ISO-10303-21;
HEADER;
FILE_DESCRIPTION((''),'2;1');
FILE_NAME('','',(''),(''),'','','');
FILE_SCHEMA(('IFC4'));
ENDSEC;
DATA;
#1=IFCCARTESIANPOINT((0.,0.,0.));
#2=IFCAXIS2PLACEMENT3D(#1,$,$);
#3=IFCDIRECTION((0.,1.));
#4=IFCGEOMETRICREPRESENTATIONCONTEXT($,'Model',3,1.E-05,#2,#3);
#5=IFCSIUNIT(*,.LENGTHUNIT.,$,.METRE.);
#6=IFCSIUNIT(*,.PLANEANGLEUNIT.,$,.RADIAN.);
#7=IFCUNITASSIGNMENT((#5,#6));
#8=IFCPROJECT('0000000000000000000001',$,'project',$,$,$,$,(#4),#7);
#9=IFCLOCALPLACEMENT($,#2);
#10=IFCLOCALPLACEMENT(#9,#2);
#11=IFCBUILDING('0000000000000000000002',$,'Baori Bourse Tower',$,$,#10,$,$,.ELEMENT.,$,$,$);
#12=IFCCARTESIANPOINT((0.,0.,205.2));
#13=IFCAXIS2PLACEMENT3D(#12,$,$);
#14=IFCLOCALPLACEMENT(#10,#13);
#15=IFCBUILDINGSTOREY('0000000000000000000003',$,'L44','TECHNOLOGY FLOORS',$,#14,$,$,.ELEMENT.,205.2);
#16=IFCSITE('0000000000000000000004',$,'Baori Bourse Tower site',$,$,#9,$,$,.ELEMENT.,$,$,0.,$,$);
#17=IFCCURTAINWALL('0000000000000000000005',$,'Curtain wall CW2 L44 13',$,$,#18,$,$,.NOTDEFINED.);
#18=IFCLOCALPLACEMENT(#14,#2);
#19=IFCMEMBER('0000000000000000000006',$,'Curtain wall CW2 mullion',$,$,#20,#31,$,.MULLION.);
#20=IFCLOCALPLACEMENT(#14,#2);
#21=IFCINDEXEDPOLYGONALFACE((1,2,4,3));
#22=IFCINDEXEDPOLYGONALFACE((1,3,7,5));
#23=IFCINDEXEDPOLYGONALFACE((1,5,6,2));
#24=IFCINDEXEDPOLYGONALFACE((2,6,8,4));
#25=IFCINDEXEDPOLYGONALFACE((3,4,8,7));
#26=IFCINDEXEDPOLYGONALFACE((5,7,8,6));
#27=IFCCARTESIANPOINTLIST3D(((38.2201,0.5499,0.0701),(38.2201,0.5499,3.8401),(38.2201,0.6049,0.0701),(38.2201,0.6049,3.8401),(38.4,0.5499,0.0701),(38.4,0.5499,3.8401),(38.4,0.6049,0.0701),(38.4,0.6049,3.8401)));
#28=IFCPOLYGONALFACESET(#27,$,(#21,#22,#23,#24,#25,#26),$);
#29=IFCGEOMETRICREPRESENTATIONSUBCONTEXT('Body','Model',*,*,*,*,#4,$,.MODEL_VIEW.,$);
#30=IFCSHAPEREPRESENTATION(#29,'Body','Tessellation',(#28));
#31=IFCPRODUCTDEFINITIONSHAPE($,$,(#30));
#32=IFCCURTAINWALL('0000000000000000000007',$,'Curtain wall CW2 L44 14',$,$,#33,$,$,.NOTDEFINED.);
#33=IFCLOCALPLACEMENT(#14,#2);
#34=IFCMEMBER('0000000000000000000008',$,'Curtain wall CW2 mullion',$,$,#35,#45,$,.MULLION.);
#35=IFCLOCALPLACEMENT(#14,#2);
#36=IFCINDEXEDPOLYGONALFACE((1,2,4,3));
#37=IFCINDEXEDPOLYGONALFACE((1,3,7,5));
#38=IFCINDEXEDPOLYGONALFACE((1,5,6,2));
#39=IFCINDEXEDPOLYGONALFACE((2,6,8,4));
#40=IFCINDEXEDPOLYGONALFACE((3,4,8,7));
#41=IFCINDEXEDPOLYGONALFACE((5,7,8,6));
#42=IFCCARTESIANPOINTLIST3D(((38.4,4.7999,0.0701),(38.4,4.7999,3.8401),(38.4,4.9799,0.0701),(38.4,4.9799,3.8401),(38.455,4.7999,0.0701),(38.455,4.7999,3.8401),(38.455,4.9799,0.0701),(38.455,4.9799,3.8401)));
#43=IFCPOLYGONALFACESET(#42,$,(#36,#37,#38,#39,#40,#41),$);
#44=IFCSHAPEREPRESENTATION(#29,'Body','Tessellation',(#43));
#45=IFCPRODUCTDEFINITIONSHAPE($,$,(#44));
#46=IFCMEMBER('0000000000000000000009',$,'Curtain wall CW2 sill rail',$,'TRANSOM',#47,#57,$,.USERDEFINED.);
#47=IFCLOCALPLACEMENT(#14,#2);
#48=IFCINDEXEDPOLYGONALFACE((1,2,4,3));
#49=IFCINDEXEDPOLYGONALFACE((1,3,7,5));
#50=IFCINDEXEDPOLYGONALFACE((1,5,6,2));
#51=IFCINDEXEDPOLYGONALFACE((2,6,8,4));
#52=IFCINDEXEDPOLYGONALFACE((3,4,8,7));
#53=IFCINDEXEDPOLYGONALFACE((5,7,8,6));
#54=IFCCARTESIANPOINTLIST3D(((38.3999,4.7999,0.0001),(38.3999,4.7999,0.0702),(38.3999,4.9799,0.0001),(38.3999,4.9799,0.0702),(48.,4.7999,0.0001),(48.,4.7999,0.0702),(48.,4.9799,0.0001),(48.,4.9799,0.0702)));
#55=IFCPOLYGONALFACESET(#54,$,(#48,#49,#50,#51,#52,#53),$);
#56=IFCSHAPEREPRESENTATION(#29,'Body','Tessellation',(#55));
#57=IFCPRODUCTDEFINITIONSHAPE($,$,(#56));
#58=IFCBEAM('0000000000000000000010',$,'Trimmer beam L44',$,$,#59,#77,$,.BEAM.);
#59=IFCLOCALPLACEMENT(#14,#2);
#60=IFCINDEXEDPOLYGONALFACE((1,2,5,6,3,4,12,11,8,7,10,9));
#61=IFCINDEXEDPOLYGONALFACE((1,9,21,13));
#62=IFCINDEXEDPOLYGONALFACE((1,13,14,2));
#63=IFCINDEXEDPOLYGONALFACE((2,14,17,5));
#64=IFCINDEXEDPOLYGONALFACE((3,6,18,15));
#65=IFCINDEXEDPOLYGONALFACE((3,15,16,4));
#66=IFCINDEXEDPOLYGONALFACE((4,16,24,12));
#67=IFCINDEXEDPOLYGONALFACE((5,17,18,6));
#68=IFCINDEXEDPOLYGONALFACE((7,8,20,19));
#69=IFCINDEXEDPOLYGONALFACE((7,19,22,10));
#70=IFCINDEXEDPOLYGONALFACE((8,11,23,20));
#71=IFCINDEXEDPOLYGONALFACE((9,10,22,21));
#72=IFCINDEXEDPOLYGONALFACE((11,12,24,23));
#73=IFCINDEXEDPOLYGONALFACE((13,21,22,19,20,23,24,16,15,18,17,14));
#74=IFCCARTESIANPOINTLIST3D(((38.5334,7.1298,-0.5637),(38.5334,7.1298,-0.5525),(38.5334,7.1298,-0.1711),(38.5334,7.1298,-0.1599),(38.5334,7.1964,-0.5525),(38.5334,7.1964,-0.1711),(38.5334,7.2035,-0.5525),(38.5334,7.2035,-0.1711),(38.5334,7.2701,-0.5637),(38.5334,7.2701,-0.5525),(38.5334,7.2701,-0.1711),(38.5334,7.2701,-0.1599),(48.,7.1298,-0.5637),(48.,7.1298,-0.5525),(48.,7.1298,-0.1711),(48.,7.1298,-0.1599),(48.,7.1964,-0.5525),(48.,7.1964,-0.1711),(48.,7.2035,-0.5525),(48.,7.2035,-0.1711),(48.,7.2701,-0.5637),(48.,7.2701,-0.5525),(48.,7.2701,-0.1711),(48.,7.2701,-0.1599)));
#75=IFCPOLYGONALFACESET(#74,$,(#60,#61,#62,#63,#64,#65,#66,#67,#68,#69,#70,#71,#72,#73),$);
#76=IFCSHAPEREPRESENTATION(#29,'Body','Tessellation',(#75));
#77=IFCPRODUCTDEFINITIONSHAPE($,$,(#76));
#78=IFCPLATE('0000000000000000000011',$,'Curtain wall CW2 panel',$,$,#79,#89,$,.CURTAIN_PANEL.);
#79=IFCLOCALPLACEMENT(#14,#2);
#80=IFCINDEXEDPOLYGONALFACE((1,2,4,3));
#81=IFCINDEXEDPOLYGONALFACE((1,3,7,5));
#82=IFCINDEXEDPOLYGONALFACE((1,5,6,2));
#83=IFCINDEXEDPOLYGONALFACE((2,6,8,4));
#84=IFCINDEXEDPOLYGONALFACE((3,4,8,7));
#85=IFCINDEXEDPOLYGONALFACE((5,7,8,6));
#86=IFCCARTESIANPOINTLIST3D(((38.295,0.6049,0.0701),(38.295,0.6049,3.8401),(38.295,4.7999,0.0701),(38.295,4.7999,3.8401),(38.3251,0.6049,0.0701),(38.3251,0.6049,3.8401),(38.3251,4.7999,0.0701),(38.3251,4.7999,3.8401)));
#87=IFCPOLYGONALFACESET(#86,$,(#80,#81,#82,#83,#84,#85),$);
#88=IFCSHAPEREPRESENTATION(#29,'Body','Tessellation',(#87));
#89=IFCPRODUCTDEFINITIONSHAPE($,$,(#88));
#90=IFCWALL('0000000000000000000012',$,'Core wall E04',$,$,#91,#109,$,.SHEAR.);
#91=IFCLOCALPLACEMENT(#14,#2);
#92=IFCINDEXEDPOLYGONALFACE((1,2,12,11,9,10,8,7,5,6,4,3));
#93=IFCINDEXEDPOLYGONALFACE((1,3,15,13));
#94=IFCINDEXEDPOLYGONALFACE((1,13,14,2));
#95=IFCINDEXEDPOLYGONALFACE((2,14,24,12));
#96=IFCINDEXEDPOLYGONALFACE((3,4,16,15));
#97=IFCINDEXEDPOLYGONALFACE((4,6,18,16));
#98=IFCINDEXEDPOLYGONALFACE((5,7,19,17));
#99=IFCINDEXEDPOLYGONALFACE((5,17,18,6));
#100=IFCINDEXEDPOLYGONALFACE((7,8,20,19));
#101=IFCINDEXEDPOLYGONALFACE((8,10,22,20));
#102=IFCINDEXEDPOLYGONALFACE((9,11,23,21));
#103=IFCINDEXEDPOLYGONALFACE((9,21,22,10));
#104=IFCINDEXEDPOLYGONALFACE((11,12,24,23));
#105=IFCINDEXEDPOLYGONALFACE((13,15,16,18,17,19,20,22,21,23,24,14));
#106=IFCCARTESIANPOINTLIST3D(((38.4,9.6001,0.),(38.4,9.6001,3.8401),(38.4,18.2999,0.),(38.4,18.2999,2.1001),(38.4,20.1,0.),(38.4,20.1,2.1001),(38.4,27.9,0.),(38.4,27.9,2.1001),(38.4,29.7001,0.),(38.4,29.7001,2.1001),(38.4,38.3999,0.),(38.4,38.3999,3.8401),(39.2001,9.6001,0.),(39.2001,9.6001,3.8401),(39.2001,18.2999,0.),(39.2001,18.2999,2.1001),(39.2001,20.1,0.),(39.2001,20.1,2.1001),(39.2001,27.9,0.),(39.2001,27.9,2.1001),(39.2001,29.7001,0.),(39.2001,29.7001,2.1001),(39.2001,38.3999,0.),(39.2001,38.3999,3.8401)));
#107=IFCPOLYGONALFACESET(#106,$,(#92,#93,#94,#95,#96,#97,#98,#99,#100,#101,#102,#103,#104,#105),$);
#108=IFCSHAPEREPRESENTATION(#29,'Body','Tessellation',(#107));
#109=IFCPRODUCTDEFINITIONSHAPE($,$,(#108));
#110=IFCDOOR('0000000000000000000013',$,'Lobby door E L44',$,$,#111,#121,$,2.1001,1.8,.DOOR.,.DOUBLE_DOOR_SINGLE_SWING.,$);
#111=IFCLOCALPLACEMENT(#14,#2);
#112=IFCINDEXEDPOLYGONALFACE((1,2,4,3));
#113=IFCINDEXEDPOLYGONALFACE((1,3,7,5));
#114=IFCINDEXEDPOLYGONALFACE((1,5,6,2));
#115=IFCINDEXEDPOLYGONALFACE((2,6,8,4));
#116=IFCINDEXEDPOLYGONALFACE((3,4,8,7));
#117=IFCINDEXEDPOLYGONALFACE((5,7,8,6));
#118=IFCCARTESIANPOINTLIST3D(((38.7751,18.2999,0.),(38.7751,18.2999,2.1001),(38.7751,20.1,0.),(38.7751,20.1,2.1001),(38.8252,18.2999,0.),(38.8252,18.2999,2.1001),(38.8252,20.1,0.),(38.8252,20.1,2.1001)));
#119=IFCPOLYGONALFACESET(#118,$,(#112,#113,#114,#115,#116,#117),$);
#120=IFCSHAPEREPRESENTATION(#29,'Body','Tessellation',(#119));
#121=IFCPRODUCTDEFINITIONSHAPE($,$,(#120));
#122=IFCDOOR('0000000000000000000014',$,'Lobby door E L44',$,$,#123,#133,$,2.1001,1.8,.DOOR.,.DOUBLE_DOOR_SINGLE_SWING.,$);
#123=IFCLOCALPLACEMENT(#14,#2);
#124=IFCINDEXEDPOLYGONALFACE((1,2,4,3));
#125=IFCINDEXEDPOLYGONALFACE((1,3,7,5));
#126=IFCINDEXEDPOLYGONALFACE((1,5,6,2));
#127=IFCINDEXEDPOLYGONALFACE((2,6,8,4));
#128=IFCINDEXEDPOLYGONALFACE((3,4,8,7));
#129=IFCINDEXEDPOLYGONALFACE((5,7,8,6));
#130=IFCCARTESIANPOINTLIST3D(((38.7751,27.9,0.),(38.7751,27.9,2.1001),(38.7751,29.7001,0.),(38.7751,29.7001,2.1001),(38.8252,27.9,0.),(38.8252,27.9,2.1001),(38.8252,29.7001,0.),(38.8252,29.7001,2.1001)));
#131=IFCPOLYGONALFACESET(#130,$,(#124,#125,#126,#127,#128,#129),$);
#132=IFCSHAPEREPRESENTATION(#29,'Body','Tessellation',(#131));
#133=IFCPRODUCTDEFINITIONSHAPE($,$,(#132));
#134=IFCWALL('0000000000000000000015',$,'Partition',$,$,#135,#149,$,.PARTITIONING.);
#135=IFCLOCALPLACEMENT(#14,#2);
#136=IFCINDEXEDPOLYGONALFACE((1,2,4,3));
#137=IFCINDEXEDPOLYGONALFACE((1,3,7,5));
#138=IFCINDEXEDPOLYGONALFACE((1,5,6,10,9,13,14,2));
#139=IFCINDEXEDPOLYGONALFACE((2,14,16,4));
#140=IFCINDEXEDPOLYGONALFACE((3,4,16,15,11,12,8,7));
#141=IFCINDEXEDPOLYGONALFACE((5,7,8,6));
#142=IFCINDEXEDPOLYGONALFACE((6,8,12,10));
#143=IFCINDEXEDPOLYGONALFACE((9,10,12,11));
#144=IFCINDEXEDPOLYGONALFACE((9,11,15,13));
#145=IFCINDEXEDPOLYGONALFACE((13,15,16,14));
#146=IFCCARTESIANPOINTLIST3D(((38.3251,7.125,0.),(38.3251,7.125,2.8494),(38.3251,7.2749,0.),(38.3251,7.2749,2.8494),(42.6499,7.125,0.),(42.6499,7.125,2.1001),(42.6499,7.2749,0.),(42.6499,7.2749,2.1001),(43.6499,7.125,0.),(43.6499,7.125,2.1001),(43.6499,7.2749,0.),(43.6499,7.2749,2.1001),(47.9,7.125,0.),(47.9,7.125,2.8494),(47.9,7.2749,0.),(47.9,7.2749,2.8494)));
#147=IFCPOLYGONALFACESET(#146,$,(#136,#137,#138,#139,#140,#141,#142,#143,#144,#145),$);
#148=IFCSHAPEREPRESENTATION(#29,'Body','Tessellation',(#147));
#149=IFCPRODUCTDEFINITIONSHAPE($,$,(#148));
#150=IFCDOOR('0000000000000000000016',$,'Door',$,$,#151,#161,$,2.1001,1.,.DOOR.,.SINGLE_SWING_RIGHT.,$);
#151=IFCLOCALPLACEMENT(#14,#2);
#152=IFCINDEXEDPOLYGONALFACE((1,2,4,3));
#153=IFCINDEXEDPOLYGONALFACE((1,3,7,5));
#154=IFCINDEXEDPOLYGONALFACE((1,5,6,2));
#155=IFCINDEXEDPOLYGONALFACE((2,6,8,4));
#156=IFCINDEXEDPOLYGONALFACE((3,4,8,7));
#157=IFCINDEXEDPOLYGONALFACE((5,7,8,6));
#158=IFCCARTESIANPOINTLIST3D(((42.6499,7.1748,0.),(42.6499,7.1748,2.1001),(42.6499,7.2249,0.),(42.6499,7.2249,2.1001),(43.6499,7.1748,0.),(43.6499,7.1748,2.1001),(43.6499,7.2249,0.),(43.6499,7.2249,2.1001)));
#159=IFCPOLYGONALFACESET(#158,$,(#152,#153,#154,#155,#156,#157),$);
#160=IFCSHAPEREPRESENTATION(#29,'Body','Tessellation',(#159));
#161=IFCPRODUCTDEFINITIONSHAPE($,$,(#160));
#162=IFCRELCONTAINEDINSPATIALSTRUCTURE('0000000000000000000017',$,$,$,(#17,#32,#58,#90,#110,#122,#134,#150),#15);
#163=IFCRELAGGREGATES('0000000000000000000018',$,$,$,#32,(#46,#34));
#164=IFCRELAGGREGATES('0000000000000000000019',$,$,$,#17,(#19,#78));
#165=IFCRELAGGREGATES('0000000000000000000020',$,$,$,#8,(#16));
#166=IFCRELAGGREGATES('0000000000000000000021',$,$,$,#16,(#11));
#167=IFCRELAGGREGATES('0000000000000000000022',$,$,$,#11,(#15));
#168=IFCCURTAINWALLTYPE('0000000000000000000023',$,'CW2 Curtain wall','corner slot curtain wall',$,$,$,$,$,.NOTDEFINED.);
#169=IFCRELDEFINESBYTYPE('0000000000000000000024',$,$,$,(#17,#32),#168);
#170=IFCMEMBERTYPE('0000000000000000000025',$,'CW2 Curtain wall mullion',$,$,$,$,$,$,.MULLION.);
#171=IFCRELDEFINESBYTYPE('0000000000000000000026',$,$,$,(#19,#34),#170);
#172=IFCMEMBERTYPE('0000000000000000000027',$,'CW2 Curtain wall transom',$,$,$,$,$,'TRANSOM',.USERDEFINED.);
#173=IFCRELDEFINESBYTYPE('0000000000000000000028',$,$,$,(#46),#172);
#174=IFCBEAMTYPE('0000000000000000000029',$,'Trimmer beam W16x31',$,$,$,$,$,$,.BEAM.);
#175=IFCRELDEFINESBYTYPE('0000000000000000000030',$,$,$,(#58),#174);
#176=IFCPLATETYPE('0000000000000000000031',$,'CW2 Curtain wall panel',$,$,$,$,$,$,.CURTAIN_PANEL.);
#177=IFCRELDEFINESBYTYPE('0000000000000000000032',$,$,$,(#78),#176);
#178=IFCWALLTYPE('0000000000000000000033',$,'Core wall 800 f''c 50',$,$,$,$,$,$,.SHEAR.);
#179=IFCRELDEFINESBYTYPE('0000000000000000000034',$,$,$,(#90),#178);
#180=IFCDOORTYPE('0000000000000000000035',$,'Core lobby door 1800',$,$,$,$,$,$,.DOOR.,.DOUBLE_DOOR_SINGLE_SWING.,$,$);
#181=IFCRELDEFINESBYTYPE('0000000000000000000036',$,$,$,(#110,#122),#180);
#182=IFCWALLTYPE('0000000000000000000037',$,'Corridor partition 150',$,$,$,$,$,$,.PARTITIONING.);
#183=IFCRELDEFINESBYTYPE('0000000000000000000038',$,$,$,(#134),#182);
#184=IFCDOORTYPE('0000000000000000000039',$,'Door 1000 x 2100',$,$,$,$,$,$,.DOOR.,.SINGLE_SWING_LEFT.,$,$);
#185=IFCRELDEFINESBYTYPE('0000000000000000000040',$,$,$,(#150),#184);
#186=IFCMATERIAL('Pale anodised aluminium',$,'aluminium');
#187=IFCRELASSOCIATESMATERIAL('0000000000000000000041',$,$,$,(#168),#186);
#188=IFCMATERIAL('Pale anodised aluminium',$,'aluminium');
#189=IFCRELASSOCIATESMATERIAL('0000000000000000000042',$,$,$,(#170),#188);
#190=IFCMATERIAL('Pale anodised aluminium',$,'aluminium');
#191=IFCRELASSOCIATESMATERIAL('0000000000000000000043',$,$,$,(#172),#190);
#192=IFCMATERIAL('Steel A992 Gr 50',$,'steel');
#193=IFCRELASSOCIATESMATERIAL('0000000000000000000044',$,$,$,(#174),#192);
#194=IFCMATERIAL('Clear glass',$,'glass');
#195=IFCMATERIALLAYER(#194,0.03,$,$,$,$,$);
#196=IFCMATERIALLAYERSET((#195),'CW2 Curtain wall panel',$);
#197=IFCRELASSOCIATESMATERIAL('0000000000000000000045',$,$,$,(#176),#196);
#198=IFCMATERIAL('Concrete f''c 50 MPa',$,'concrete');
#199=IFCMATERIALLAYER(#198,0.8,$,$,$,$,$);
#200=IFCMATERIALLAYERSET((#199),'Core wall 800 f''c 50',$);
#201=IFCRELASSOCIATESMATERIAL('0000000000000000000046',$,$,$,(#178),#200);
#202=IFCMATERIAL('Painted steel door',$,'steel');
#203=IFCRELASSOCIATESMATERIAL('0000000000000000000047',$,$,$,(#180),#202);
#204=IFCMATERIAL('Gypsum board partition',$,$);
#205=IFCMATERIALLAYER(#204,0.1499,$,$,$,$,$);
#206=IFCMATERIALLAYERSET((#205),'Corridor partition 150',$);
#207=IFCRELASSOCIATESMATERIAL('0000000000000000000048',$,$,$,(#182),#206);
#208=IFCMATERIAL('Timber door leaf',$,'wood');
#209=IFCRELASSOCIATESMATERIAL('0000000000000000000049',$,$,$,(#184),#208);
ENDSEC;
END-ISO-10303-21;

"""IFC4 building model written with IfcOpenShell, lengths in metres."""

from ifc_helpers import new_model, si_unit, direction, frame, frame_2d, origin, origin_2d, place, context, subcontext, project, spatial, rectangle, i_section, extrude, material, layer, layer_set, material_profile, profile_set, type_object, element, fill, aggregate, save


model = new_model("IFC4")

# Units and contexts
model_context = context("Model", 3, precision=1e-05, world=origin(), true_north=direction((0.0, 1.0)))
body_context = subcontext(model_context, "Body", "Model", "MODEL_VIEW")
ifc_project = project(units=[si_unit("LENGTHUNIT", "METRE"), si_unit("PLANEANGLEUNIT", "RADIAN")], contexts=[model_context])

# Site, building, storey
site_placement = place(None, origin())
site = spatial("IfcSite", under=ifc_project, at=site_placement, Name="Baori Bourse Tower site", CompositionType="ELEMENT", RefElevation=0.0)
building_placement = place(site_placement, origin())
building = spatial("IfcBuilding", under=site, at=building_placement, Name="Baori Bourse Tower", CompositionType="ELEMENT")
storey_placement = place(building_placement, frame((0.0, 0.0, 205.2)))
storey = spatial("IfcBuildingStorey", under=building, at=storey_placement, Name="L44", Description="TECHNOLOGY FLOORS", CompositionType="ELEMENT", Elevation=205.2)

# Curtain wall, member
ifc_material_1 = material(Name="Pale anodised aluminium", Category="aluminium")
curtain_wall_type = type_object("IfcCurtainWallType", Name="CW2 Curtain wall", Description="corner slot curtain wall", PredefinedType="NOTDEFINED", material=ifc_material_1)
curtain_wall_1_placement = place(storey_placement, origin())
curtain_wall_1 = element("IfcCurtainWall", 1, at=curtain_wall_1_placement, inside=storey, type_object=curtain_wall_type, Name="Curtain wall CW2 L44 13", PredefinedType="NOTDEFINED")
ifc_material_2 = material(Name="Pale anodised aluminium", Category="aluminium")
ifc_material_profile_1 = material_profile(ifc_material_2, rectangle(XDim=0.1799, YDim=0.0549, at=origin_2d()), Name="Mullion 55x180")
ifc_profile_set_1 = profile_set([ifc_material_profile_1], Name="Pale anodised aluminium")
member_type_1 = type_object("IfcMemberType", Name="CW2 Curtain wall mullion", PredefinedType="MULLION", material=ifc_profile_set_1)
member_1_placement = place(storey_placement, frame((38.3101, 0.5774, 0.0701), z_axis=(0.0, 0.0, 1.0), x_axis=(-1.0, 0.0, 0.0)))
member_1 = element("IfcMember", 2, at=member_1_placement, type_object=member_type_1, Name="Curtain wall CW2 mullion", PredefinedType="MULLION", context=body_context, shape_type="SweptSolid", body=[
    extrude(rectangle(XDim=0.1799, YDim=0.0549, at=origin_2d()), origin(), (0.0, 0.0, 1.0), 3.77),
])

# Curtain wall, members
curtain_wall_2_placement = place(storey_placement, origin())
curtain_wall_2 = element("IfcCurtainWall", 3, at=curtain_wall_2_placement, inside=storey, type_object=curtain_wall_type, Name="Curtain wall CW2 L44 14", PredefinedType="NOTDEFINED")
member_2_placement = place(storey_placement, frame((38.4275, 4.8899, 0.0701), z_axis=(0.0, 0.0, 1.0), x_axis=(0.0, 1.0, 0.0)))
member_2 = element("IfcMember", 4, at=member_2_placement, type_object=member_type_1, Name="Curtain wall CW2 mullion", PredefinedType="MULLION", context=body_context, shape_type="SweptSolid", body=[
    extrude(rectangle(XDim=0.1799, YDim=0.0549, at=origin_2d()), origin(), (0.0, 0.0, 1.0), 3.77),
])
ifc_material_3 = material(Name="Pale anodised aluminium", Category="aluminium")
ifc_material_profile_2 = material_profile(ifc_material_3, rectangle(XDim=0.1799, YDim=0.0701, at=origin_2d()), Name="Transom 70x180")
ifc_profile_set_2 = profile_set([ifc_material_profile_2], Name="Pale anodised aluminium")
member_type_2 = type_object("IfcMemberType", Name="CW2 Curtain wall transom", ElementType="TRANSOM", PredefinedType="USERDEFINED", material=ifc_profile_set_2)
member_3_placement = place(storey_placement, frame((38.3999, 4.8899, 0.0352), z_axis=(1.0, 0.0, 0.0), x_axis=(0.0, 1.0, 0.0)))
member_3 = element("IfcMember", 5, at=member_3_placement, type_object=member_type_2, Name="Curtain wall CW2 sill rail", ObjectType="TRANSOM", PredefinedType="USERDEFINED", context=body_context, shape_type="SweptSolid", body=[
    extrude(rectangle(XDim=0.1799, YDim=0.0701, at=origin_2d()), origin(), (0.0, 0.0, 1.0), 9.6001),
])
aggregate(curtain_wall_2, [member_3, member_2])

# Beam
ifc_material_4 = material(Name="Steel A992 Gr 50", Category="steel")
ifc_material_profile_3 = material_profile(ifc_material_4, i_section(OverallWidth=0.1404, OverallDepth=0.4038, WebThickness=0.0071, FlangeThickness=0.0112, at=origin_2d()), Name="W16x31")
ifc_profile_set_3 = profile_set([ifc_material_profile_3], Name="Steel A992 Gr 50")
beam_type = type_object("IfcBeamType", Name="Trimmer beam W16x31", PredefinedType="BEAM", material=ifc_profile_set_3)
beam_placement = place(storey_placement, frame((38.5334, 7.2, -0.3618), z_axis=(1.0, 0.0, 0.0), x_axis=(0.0, 1.0, 0.0)))
element("IfcBeam", 6, at=beam_placement, inside=storey, type_object=beam_type, Name="Trimmer beam L44", PredefinedType="BEAM", context=body_context, shape_type="SweptSolid", body=[
    extrude(i_section(OverallWidth=0.1404, OverallDepth=0.4038, WebThickness=0.0071, FlangeThickness=0.0112, at=origin_2d()), origin(), (0.0, 0.0, 1.0), 9.4666),
])

# Plate
ifc_material_5 = material(Name="Clear glass", Category="glass")
ifc_layer_1 = layer(ifc_material_5, 0.03)
ifc_layer_set_1 = layer_set([ifc_layer_1], Name="CW2 Curtain wall panel")
plate_type = type_object("IfcPlateType", Name="CW2 Curtain wall panel", PredefinedType="CURTAIN_PANEL", material=ifc_layer_set_1)
plate_placement = place(storey_placement, frame((38.3101, 2.7024, 0.0701), z_axis=(0.0, 0.0, 1.0), x_axis=(0.0, 1.0, 0.0)))
plate = element("IfcPlate", 7, at=plate_placement, type_object=plate_type, Name="Curtain wall CW2 panel", PredefinedType="CURTAIN_PANEL", context=body_context, shape_type="SweptSolid", body=[
    extrude(rectangle(XDim=4.1951, YDim=0.03, at=origin_2d()), origin(), (0.0, 0.0, 1.0), 3.77),
])
aggregate(curtain_wall_1, [member_1, plate])

# Wall, openings, doors
ifc_material_6 = material(Name="Concrete f'c 50 MPa", Category="concrete")
ifc_layer_2 = layer(ifc_material_6, 0.8)
ifc_layer_set_2 = layer_set([ifc_layer_2], Name="Core wall 800 f'c 50")
wall_type_1 = type_object("IfcWallType", Name="Core wall 800 f'c 50", PredefinedType="SHEAR", material=ifc_layer_set_2)
wall_1_placement = place(storey_placement, frame((38.8, 9.6001, 0.0), z_axis=(0.0, 0.0, 1.0), x_axis=(0.0, 1.0, 0.0)))
wall_1 = element("IfcWall", 8, at=wall_1_placement, inside=storey, type_object=wall_type_1, Name="Core wall E04", PredefinedType="SHEAR", context=body_context, shape_type="SweptSolid", body=[
    extrude(rectangle(XDim=28.7998, YDim=0.8, at=frame_2d((14.3999, 0.0))), origin(), (0.0, 0.0, 1.0), 3.8401),
])
opening_1_placement = place(wall_1_placement, frame((8.7, 0.0, 0.0)))
opening_1 = element("IfcOpeningElement", 9, at=opening_1_placement, cuts=wall_1, PredefinedType="OPENING", context=body_context, shape_type="SweptSolid", body=[
    extrude(rectangle(XDim=1.8, YDim=2.1001, at=frame_2d((0.8999, 1.05))), frame((0.0, 0.4099, 0.0), z_axis=(0.0, -1.0, 0.0), x_axis=(1.0, 0.0, 0.0)), (0.0, 0.0, 1.0), 0.8201),
])
opening_2_placement = place(wall_1_placement, frame((18.3, 0.0, 0.0)))
opening_2 = element("IfcOpeningElement", 10, at=opening_2_placement, cuts=wall_1, PredefinedType="OPENING", context=body_context, shape_type="SweptSolid", body=[
    extrude(rectangle(XDim=1.8, YDim=2.1001, at=frame_2d((0.8999, 1.05))), frame((0.0, 0.4099, 0.0), z_axis=(0.0, -1.0, 0.0), x_axis=(1.0, 0.0, 0.0)), (0.0, 0.0, 1.0), 0.8201),
])
ifc_material_7 = material(Name="Painted steel door", Category="steel")
door_type_1 = type_object("IfcDoorType", Name="Core lobby door 1800", OperationType="DOUBLE_DOOR_SINGLE_SWING", PredefinedType="DOOR", material=ifc_material_7)
door_1_placement = place(opening_1_placement, origin())
door_1 = element("IfcDoor", 11, at=door_1_placement, inside=storey, type_object=door_type_1, Name="Lobby door E L44", OperationType="DOUBLE_DOOR_SINGLE_SWING", OverallHeight=2.1001, OverallWidth=1.8, PredefinedType="DOOR", context=body_context, shape_type="SweptSolid", body=[
    extrude(rectangle(XDim=1.8, YDim=2.1001, at=frame_2d((0.8999, 1.05))), frame((0.0, 0.0249, 0.0), z_axis=(0.0, -1.0, 0.0), x_axis=(1.0, 0.0, 0.0)), (0.0, 0.0, 1.0), 0.05),
])
fill(opening_1, door_1)
door_2_placement = place(opening_2_placement, origin())
door_2 = element("IfcDoor", 12, at=door_2_placement, inside=storey, type_object=door_type_1, Name="Lobby door E L44", OperationType="DOUBLE_DOOR_SINGLE_SWING", OverallHeight=2.1001, OverallWidth=1.8, PredefinedType="DOOR", context=body_context, shape_type="SweptSolid", body=[
    extrude(rectangle(XDim=1.8, YDim=2.1001, at=frame_2d((0.8999, 1.05))), frame((0.0, 0.0249, 0.0), z_axis=(0.0, -1.0, 0.0), x_axis=(1.0, 0.0, 0.0)), (0.0, 0.0, 1.0), 0.05),
])
fill(opening_2, door_2)

# Wall, opening, door
ifc_material_8 = material(Name="Gypsum board partition")
ifc_layer_3 = layer(ifc_material_8, 0.1499)
ifc_layer_set_3 = layer_set([ifc_layer_3], Name="Corridor partition 150")
wall_type_2 = type_object("IfcWallType", Name="Corridor partition 150", PredefinedType="PARTITIONING", material=ifc_layer_set_3)
wall_2_placement = place(storey_placement, frame((38.325, 7.2, 0.0), z_axis=(0.0, 0.0, 1.0), x_axis=(1.0, 0.0, 0.0)))
wall_2 = element("IfcWall", 13, at=wall_2_placement, inside=storey, type_object=wall_type_2, Name="Partition", PredefinedType="PARTITIONING", context=body_context, shape_type="SweptSolid", body=[
    extrude(rectangle(XDim=9.575, YDim=0.1499, at=frame_2d((4.7876, 0.0))), origin(), (0.0, 0.0, 1.0), 2.8494),
])
opening_3_placement = place(wall_2_placement, frame((4.325, 0.0, 0.0)))
opening_3 = element("IfcOpeningElement", 14, at=opening_3_placement, cuts=wall_2, PredefinedType="OPENING", context=body_context, shape_type="SweptSolid", body=[
    extrude(rectangle(XDim=1.0, YDim=2.1001, at=frame_2d((0.5, 1.05))), frame((0.0, 0.085, 0.0), z_axis=(0.0, -1.0, 0.0), x_axis=(1.0, 0.0, 0.0)), (0.0, 0.0, 1.0), 0.1699),
])
ifc_material_9 = material(Name="Timber door leaf", Category="wood")
door_type_2 = type_object("IfcDoorType", Name="Door 1000 x 2100", OperationType="SINGLE_SWING_LEFT", PredefinedType="DOOR", material=ifc_material_9)
door_3_placement = place(opening_3_placement, origin())
door_3 = element("IfcDoor", 15, at=door_3_placement, inside=storey, type_object=door_type_2, Name="Door", OperationType="SINGLE_SWING_RIGHT", OverallHeight=2.1001, OverallWidth=1.0, PredefinedType="DOOR", context=body_context, shape_type="SweptSolid", body=[
    extrude(rectangle(XDim=1.0, YDim=2.1001, at=frame_2d((0.5, 1.05))), frame((0.0, 0.0249, 0.0), z_axis=(0.0, -1.0, 0.0), x_axis=(1.0, 0.0, 0.0)), (0.0, 0.0, 1.0), 0.05),
])
fill(opening_3, door_3)

save(model, "model.ifc")
